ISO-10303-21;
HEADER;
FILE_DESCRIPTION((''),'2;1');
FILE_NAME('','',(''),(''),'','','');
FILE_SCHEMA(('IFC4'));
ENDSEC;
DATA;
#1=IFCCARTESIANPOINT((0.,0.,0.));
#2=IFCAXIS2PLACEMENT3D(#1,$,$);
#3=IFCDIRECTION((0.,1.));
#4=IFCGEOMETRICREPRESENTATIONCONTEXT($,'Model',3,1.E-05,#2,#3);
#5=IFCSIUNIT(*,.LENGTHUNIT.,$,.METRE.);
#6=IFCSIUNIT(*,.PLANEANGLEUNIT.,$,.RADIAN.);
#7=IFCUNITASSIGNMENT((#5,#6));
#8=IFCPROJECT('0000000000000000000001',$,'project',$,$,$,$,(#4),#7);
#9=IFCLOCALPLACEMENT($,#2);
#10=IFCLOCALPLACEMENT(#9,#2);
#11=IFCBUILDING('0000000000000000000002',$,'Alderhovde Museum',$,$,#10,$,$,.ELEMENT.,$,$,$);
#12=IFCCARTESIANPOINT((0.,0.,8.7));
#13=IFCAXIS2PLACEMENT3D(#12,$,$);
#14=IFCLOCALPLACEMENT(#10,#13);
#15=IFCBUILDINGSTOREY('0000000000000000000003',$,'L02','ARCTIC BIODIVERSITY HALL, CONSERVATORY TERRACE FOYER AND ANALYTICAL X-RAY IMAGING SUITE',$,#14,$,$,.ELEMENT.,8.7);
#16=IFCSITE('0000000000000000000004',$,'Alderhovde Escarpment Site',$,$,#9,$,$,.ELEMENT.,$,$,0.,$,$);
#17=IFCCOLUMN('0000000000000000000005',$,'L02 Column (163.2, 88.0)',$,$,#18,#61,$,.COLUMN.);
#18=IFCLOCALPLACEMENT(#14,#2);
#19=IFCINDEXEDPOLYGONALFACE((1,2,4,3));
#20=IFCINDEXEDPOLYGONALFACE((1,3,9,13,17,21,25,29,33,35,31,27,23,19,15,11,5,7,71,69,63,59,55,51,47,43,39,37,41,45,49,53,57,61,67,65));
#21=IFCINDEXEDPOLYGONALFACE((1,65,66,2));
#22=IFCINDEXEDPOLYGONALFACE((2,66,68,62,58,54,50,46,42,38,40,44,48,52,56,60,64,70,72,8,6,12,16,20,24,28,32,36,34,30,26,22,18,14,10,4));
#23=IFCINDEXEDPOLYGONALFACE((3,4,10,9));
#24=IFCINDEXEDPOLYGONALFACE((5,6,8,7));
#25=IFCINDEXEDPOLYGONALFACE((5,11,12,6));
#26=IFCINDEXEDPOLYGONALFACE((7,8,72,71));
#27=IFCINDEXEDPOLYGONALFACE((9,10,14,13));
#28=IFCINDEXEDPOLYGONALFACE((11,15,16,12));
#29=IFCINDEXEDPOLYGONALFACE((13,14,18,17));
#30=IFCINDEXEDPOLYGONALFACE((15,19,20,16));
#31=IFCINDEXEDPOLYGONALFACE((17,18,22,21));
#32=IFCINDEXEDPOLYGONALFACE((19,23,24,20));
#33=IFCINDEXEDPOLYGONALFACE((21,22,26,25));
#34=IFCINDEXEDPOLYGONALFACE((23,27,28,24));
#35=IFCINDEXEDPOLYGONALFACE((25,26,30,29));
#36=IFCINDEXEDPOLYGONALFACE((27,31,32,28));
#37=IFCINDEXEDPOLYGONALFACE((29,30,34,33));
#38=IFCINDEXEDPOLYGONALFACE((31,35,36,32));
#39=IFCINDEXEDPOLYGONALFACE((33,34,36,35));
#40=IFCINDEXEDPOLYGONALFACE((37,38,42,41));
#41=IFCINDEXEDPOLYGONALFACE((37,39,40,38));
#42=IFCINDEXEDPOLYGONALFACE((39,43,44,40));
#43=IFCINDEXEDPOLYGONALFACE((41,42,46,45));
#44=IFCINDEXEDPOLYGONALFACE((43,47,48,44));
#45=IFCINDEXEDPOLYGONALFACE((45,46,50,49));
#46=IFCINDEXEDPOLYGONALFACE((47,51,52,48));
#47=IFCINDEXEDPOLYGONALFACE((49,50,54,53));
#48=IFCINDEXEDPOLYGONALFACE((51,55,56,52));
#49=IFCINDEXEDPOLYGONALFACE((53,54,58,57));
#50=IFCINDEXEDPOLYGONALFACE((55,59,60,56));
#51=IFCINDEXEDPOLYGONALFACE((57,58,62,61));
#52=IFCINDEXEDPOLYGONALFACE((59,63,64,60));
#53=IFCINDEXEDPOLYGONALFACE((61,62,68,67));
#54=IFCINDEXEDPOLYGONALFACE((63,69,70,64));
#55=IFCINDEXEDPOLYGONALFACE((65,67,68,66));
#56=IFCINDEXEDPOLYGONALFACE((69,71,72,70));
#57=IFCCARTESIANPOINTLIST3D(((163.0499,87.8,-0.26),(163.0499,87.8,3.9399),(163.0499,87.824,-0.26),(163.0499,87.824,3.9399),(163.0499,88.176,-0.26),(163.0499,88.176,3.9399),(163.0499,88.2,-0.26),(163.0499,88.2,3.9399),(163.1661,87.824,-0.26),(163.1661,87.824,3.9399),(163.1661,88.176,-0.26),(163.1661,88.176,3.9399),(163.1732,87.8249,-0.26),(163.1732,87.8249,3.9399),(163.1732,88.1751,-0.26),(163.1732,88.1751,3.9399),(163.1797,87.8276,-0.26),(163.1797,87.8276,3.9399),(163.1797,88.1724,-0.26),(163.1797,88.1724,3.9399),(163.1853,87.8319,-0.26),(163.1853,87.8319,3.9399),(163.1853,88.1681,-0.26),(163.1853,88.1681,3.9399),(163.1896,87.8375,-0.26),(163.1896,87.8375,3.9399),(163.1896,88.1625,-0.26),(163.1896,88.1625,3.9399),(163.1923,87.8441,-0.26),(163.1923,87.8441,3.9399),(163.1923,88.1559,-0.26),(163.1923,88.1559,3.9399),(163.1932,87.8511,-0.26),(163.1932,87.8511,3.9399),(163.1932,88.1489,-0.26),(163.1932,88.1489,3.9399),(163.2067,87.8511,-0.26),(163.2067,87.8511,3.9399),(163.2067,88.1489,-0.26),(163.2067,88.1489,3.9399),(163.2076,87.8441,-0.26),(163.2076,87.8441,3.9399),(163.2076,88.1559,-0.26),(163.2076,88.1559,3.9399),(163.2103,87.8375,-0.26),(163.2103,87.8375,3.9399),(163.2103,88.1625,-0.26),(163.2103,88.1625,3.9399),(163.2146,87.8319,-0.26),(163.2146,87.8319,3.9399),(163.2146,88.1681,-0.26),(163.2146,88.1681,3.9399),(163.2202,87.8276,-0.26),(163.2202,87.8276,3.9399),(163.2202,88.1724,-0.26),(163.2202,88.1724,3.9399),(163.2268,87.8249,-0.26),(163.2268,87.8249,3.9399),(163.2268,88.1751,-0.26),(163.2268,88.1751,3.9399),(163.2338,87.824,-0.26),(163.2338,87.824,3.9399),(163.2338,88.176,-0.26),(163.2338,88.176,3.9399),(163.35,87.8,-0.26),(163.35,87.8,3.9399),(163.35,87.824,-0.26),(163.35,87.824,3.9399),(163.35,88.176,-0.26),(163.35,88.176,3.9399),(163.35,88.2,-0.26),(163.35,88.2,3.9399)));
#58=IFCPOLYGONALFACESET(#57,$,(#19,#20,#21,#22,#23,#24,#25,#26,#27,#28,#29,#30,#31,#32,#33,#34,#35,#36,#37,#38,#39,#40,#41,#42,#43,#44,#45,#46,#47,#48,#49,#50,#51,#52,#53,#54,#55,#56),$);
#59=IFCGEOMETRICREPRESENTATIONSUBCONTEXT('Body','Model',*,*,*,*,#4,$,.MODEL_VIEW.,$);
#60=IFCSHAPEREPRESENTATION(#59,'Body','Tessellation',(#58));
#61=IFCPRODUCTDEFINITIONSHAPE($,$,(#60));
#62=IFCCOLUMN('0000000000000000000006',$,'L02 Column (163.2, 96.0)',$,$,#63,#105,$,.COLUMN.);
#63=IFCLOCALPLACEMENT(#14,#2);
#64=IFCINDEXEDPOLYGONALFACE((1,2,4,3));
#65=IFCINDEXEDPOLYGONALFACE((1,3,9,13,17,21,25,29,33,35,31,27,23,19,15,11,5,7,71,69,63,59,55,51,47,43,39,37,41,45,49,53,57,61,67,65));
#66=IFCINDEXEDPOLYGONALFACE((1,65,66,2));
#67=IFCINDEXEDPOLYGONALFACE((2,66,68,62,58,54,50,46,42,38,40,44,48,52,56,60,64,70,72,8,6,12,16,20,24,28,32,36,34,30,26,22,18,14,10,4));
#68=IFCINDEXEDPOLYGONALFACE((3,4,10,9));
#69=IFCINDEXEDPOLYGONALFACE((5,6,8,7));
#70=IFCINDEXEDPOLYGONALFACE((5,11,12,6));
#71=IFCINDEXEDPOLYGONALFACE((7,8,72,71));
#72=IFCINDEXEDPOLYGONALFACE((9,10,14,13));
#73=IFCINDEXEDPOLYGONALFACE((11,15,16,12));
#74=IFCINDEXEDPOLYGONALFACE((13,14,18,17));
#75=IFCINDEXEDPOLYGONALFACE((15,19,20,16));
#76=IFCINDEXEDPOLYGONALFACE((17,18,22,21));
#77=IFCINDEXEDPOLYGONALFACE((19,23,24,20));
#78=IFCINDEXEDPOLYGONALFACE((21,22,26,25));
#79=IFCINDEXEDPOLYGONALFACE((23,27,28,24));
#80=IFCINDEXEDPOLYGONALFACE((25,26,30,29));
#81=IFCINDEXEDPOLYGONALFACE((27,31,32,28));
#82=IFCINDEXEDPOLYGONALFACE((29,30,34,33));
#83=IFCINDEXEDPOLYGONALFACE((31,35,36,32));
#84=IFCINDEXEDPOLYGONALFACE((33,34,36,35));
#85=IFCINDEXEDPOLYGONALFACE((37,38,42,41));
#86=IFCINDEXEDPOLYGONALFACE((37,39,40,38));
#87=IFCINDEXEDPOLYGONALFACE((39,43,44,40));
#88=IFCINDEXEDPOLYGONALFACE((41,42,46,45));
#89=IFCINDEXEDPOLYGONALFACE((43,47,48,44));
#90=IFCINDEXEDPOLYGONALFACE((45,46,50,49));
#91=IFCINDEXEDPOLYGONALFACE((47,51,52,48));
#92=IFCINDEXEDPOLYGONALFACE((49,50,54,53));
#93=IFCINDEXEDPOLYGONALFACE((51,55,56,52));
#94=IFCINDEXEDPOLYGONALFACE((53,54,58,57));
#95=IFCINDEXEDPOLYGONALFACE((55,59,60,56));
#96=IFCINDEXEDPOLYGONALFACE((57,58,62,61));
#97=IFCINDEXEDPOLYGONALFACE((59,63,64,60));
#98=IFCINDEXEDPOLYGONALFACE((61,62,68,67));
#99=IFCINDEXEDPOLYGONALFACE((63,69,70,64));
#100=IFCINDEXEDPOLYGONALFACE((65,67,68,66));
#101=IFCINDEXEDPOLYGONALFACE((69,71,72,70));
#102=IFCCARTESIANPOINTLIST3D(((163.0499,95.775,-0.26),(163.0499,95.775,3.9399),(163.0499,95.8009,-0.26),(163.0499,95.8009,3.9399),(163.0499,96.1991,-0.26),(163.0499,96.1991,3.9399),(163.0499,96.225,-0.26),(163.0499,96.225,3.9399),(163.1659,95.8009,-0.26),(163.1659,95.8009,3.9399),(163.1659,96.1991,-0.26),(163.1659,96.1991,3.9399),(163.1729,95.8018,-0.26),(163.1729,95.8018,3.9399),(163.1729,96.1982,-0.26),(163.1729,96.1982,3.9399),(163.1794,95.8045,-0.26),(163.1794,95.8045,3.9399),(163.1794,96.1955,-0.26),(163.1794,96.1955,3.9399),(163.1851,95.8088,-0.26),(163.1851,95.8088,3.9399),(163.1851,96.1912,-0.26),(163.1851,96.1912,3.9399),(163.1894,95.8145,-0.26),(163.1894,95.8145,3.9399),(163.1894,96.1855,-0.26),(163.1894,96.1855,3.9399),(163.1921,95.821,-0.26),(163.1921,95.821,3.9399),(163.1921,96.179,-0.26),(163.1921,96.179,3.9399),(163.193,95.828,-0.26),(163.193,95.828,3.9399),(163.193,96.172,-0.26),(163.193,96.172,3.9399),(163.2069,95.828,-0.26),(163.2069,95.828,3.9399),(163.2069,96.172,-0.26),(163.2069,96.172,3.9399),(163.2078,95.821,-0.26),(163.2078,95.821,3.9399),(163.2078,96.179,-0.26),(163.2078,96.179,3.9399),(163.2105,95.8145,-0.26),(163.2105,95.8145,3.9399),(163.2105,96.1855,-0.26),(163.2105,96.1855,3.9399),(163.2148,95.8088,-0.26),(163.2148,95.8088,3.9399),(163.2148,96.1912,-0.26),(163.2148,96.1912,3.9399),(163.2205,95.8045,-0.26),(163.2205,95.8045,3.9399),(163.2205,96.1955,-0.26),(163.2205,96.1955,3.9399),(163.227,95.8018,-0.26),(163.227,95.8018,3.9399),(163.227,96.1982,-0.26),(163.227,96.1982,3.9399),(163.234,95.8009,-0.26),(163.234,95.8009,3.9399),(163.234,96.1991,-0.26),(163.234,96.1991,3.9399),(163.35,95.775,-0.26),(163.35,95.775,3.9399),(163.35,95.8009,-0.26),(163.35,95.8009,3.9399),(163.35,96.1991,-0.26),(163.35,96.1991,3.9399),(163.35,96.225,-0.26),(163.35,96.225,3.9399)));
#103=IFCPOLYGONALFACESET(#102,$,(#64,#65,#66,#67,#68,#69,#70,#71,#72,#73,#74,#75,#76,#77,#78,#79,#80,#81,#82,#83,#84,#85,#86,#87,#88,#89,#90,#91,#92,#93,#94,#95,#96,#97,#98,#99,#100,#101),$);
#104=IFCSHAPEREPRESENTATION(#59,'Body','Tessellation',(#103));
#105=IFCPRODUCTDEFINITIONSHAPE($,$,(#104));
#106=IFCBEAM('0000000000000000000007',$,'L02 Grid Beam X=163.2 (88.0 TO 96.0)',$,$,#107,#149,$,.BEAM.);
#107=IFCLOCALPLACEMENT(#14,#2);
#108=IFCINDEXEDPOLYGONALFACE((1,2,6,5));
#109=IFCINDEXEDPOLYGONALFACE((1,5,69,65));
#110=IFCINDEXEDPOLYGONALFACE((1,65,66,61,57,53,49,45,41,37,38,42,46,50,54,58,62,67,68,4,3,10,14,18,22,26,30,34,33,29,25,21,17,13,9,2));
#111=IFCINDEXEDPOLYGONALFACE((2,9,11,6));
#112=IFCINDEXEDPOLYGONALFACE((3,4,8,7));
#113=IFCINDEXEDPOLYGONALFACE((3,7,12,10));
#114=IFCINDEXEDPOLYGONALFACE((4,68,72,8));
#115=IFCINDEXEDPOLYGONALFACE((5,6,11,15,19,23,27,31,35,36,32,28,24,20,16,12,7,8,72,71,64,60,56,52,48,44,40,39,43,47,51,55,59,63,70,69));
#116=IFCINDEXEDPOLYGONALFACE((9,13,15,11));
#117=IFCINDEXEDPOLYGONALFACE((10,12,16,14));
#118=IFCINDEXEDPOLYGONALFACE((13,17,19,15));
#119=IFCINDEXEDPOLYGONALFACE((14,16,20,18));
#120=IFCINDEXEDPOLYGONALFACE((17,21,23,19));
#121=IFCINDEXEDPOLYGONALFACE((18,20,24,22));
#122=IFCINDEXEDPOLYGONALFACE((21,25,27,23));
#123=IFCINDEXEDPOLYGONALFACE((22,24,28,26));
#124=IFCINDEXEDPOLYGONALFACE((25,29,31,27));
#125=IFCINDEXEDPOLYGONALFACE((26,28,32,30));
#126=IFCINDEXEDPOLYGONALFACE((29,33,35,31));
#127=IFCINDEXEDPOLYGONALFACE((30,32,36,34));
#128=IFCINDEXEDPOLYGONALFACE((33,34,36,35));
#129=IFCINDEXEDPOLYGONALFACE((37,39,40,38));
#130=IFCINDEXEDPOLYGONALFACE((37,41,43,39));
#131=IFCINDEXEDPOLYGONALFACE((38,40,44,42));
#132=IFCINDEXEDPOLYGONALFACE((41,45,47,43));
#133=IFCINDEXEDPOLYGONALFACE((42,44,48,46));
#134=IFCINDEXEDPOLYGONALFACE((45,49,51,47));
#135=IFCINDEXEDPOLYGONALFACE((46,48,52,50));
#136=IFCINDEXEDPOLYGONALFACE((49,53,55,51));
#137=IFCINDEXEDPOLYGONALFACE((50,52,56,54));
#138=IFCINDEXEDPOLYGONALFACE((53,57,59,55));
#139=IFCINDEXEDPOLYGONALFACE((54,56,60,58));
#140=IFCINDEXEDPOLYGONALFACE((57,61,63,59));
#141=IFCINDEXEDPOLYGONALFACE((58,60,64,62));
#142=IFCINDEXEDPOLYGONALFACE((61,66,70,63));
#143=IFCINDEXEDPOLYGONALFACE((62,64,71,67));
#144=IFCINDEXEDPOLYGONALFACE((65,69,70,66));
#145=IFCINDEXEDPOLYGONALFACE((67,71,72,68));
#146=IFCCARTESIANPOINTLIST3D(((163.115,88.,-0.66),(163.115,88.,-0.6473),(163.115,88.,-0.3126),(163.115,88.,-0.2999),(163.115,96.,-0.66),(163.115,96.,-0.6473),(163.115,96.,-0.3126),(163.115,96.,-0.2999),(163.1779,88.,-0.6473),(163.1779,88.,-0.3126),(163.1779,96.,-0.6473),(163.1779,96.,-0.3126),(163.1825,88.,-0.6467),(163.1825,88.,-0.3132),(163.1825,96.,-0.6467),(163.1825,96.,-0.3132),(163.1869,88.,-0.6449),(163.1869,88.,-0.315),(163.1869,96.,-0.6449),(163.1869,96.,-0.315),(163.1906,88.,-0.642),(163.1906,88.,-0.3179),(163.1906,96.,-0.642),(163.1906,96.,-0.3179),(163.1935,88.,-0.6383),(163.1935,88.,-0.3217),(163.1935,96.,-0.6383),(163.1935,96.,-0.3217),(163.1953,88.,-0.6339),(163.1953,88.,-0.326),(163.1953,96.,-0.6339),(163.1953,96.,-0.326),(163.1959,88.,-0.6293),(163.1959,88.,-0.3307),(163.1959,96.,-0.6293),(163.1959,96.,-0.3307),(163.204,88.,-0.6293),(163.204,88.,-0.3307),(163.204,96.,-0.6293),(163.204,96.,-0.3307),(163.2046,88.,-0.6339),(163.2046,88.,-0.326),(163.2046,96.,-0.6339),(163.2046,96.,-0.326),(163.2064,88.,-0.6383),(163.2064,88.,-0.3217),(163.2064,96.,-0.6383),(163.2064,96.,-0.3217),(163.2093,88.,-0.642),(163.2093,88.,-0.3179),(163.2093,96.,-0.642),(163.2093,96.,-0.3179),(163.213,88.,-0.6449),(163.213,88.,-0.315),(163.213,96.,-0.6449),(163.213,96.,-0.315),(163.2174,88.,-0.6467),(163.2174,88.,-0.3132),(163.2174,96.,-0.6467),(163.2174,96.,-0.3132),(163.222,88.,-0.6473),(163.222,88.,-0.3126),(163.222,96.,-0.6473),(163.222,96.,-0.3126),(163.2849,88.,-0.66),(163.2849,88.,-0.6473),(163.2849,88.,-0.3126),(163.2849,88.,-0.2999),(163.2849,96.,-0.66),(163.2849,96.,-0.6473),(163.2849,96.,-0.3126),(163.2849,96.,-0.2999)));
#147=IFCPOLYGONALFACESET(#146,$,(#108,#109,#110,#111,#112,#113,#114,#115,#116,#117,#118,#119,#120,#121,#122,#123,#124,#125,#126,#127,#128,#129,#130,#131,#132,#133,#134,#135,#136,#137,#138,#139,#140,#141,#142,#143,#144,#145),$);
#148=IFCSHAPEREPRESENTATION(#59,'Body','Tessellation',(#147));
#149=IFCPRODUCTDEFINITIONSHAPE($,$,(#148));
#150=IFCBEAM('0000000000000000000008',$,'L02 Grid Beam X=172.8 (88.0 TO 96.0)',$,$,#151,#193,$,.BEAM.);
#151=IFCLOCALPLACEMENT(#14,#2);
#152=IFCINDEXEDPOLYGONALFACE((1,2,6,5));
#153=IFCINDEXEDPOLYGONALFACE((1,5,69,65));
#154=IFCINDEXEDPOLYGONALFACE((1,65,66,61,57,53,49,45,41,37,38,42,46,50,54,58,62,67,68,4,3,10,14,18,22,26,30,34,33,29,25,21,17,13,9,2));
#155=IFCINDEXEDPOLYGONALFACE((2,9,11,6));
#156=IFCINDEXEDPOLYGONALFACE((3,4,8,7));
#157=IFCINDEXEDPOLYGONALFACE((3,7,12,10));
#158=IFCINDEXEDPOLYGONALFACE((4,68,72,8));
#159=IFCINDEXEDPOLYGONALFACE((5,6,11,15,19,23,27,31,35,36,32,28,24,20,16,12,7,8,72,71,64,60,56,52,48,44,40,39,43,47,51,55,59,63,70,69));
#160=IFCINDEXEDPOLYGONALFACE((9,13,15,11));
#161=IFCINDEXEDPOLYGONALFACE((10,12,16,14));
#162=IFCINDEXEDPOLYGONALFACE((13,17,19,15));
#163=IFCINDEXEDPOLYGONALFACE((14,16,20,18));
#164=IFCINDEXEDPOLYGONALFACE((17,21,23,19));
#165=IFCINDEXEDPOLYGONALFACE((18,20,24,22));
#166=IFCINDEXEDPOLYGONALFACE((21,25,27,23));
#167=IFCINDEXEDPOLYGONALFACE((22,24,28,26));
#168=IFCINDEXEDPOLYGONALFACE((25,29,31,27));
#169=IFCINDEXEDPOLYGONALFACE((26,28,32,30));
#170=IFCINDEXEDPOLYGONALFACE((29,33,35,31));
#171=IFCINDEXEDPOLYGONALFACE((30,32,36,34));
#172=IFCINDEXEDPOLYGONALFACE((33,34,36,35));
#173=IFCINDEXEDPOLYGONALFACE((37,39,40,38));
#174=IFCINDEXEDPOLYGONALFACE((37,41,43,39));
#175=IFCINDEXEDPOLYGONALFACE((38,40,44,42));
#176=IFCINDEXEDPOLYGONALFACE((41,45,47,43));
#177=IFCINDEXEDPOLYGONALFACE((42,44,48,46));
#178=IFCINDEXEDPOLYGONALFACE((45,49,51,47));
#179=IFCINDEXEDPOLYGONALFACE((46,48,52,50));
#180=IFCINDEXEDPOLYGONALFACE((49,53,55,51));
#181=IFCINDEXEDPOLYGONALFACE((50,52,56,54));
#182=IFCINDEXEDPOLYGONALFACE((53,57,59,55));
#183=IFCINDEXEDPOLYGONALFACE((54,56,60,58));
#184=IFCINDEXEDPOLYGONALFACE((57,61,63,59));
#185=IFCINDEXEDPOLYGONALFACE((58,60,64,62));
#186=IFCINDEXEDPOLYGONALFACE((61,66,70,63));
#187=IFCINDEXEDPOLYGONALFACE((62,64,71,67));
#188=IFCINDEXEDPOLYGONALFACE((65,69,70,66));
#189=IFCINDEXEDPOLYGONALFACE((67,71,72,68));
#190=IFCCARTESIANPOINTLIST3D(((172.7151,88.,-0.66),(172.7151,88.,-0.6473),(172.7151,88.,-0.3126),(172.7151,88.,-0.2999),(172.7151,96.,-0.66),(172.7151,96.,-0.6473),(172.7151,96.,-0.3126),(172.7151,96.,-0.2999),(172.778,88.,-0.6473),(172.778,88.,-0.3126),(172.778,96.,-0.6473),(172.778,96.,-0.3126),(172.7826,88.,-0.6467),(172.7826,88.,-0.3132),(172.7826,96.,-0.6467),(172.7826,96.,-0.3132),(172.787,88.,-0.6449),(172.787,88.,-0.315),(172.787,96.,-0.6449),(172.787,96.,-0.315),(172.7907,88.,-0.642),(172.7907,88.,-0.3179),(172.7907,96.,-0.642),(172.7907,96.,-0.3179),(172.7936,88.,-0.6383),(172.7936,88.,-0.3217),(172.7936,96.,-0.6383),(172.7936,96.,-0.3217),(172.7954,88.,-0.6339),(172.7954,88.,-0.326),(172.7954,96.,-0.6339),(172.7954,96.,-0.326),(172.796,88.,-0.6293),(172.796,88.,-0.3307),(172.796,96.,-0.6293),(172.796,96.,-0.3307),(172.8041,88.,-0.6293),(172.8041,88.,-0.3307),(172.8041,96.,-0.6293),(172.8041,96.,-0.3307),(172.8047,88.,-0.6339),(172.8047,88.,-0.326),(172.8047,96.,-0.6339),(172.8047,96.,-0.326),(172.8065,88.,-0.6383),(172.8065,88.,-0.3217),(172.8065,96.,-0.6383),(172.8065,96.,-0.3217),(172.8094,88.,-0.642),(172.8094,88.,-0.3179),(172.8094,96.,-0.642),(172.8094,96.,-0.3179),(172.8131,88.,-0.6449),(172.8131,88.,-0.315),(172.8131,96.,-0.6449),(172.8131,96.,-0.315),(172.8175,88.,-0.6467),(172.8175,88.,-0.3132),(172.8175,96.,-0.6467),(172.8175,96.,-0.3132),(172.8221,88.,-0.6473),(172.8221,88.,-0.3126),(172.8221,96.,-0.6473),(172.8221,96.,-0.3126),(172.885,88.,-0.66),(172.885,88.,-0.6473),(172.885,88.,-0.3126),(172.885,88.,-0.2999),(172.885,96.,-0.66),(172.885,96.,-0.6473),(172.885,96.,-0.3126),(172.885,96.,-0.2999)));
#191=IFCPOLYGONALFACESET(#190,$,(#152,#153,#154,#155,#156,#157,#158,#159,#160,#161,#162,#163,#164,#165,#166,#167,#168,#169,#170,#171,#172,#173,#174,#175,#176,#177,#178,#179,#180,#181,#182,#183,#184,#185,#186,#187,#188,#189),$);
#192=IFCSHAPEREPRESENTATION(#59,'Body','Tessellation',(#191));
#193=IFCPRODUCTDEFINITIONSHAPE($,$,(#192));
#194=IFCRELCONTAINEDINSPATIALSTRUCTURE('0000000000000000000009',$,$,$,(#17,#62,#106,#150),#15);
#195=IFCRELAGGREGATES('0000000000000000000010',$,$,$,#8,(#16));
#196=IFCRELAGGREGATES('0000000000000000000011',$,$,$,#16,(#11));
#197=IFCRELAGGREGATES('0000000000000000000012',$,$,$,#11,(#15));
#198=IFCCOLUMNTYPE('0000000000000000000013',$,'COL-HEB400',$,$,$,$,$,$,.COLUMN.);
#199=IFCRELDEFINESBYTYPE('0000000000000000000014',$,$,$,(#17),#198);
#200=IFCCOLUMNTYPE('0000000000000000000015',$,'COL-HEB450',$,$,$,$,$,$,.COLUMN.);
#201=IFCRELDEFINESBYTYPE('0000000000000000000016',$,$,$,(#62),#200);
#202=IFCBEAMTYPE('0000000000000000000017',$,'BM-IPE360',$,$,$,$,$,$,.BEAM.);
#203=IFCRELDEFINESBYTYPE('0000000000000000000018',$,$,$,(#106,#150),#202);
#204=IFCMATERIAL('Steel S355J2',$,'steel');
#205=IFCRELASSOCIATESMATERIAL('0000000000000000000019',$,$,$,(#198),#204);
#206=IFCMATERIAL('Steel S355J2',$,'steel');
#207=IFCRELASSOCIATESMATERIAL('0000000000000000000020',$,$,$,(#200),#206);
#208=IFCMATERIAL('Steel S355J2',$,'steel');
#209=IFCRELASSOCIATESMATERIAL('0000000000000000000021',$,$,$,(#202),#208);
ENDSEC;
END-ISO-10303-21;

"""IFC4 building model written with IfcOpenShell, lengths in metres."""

from ifc_helpers import new_model, si_unit, direction, frame, origin, origin_2d, place, context, subcontext, project, spatial, i_section, extrude, material, material_profile, profile_set, type_object, element, save


model = new_model("IFC4")

# Units and contexts
model_context = context("Model", 3, precision=1e-05, world=origin(), true_north=direction((0.0, 1.0)))
body_context = subcontext(model_context, "Body", "Model", "MODEL_VIEW")
ifc_project = project(units=[si_unit("LENGTHUNIT", "METRE"), si_unit("PLANEANGLEUNIT", "RADIAN")], contexts=[model_context])

# Site, building, storey
site_placement = place(None, origin())
site = spatial("IfcSite", under=ifc_project, at=site_placement, Name="Alderhovde Escarpment Site", CompositionType="ELEMENT", RefElevation=0.0)
building_placement = place(site_placement, origin())
building = spatial("IfcBuilding", under=site, at=building_placement, Name="Alderhovde Museum", CompositionType="ELEMENT")
storey_placement = place(building_placement, frame((0.0, 0.0, 8.7)))
storey = spatial("IfcBuildingStorey", under=building, at=storey_placement, Name="L02", Description="ARCTIC BIODIVERSITY HALL, CONSERVATORY TERRACE FOYER AND ANALYTICAL X-RAY IMAGING SUITE", CompositionType="ELEMENT", Elevation=8.7)

# Columns
ifc_material_1 = material(Name="Steel S355J2", Category="steel")
ifc_material_profile_1 = material_profile(ifc_material_1, i_section(OverallWidth=0.3, OverallDepth=0.3999, WebThickness=0.0134, FlangeThickness=0.0239, FilletRadius=0.0271, at=origin_2d()), Name="HEB 400")
ifc_profile_set_1 = profile_set([ifc_material_profile_1], Name="Steel S355J2")
column_type_1 = type_object("IfcColumnType", Name="COL-HEB400", PredefinedType="COLUMN", material=ifc_profile_set_1)
column_1_placement = place(storey_placement, frame((163.2, 88.0, -0.26), z_axis=(0.0, 0.0, 1.0), x_axis=(1.0, 0.0, 0.0)))
element("IfcColumn", 1, at=column_1_placement, inside=storey, type_object=column_type_1, Name="L02 Column (163.2, 88.0)", PredefinedType="COLUMN", context=body_context, shape_type="SweptSolid", body=[
    extrude(i_section(OverallWidth=0.3, OverallDepth=0.3999, WebThickness=0.0134, FlangeThickness=0.0239, FilletRadius=0.0271, at=origin_2d()), origin(), (0.0, 0.0, 1.0), 4.2),
])
ifc_material_2 = material(Name="Steel S355J2", Category="steel")
ifc_material_profile_2 = material_profile(ifc_material_2, i_section(OverallWidth=0.3, OverallDepth=0.45, WebThickness=0.0139, FlangeThickness=0.0259, FilletRadius=0.0271, at=origin_2d()), Name="HEB 450")
ifc_profile_set_2 = profile_set([ifc_material_profile_2], Name="Steel S355J2")
column_type_2 = type_object("IfcColumnType", Name="COL-HEB450", PredefinedType="COLUMN", material=ifc_profile_set_2)
column_2_placement = place(storey_placement, frame((163.2, 96.0, -0.26), z_axis=(0.0, 0.0, 1.0), x_axis=(1.0, 0.0, 0.0)))
element("IfcColumn", 2, at=column_2_placement, inside=storey, type_object=column_type_2, Name="L02 Column (163.2, 96.0)", PredefinedType="COLUMN", context=body_context, shape_type="SweptSolid", body=[
    extrude(i_section(OverallWidth=0.3, OverallDepth=0.45, WebThickness=0.0139, FlangeThickness=0.0259, FilletRadius=0.0271, at=origin_2d()), origin(), (0.0, 0.0, 1.0), 4.2),
])

# Beams
ifc_material_3 = material(Name="Steel S355J2", Category="steel")
ifc_material_profile_3 = material_profile(ifc_material_3, i_section(OverallWidth=0.1699, OverallDepth=0.3601, WebThickness=0.0081, FlangeThickness=0.0127, FilletRadius=0.0181, at=origin_2d()), Name="IPE 360")
ifc_profile_set_3 = profile_set([ifc_material_profile_3], Name="Steel S355J2")
beam_type_1 = type_object("IfcBeamType", Name="BM-IPE360", PredefinedType="BEAM", material=ifc_profile_set_3)
for number, where, z_axis, x_axis, name in (
    (3, (163.2, 88.0, -0.48), (0.0, 1.0, 0.0), (-1.0, 0.0, 0.0), "L02 Grid Beam X=163.2 (88.0 TO 96.0)"),
    (4, (172.8, 88.0, -0.48), (0.0, 1.0, 0.0), (-1.0, 0.0, 0.0), "L02 Grid Beam X=172.8 (88.0 TO 96.0)"),
):
    element("IfcBeam", number, at=place(storey_placement, frame(where, z_axis=z_axis, x_axis=x_axis)), inside=storey, type_object=beam_type_1, Name=name, PredefinedType="BEAM", context=body_context, shape_type="SweptSolid", body=[
        extrude(i_section(OverallWidth=0.1699, OverallDepth=0.3601, WebThickness=0.0081, FlangeThickness=0.0127, FilletRadius=0.0181, at=origin_2d()), origin(), (0.0, 0.0, 1.0), 8.0),
    ])

save(model, "model.ifc")
